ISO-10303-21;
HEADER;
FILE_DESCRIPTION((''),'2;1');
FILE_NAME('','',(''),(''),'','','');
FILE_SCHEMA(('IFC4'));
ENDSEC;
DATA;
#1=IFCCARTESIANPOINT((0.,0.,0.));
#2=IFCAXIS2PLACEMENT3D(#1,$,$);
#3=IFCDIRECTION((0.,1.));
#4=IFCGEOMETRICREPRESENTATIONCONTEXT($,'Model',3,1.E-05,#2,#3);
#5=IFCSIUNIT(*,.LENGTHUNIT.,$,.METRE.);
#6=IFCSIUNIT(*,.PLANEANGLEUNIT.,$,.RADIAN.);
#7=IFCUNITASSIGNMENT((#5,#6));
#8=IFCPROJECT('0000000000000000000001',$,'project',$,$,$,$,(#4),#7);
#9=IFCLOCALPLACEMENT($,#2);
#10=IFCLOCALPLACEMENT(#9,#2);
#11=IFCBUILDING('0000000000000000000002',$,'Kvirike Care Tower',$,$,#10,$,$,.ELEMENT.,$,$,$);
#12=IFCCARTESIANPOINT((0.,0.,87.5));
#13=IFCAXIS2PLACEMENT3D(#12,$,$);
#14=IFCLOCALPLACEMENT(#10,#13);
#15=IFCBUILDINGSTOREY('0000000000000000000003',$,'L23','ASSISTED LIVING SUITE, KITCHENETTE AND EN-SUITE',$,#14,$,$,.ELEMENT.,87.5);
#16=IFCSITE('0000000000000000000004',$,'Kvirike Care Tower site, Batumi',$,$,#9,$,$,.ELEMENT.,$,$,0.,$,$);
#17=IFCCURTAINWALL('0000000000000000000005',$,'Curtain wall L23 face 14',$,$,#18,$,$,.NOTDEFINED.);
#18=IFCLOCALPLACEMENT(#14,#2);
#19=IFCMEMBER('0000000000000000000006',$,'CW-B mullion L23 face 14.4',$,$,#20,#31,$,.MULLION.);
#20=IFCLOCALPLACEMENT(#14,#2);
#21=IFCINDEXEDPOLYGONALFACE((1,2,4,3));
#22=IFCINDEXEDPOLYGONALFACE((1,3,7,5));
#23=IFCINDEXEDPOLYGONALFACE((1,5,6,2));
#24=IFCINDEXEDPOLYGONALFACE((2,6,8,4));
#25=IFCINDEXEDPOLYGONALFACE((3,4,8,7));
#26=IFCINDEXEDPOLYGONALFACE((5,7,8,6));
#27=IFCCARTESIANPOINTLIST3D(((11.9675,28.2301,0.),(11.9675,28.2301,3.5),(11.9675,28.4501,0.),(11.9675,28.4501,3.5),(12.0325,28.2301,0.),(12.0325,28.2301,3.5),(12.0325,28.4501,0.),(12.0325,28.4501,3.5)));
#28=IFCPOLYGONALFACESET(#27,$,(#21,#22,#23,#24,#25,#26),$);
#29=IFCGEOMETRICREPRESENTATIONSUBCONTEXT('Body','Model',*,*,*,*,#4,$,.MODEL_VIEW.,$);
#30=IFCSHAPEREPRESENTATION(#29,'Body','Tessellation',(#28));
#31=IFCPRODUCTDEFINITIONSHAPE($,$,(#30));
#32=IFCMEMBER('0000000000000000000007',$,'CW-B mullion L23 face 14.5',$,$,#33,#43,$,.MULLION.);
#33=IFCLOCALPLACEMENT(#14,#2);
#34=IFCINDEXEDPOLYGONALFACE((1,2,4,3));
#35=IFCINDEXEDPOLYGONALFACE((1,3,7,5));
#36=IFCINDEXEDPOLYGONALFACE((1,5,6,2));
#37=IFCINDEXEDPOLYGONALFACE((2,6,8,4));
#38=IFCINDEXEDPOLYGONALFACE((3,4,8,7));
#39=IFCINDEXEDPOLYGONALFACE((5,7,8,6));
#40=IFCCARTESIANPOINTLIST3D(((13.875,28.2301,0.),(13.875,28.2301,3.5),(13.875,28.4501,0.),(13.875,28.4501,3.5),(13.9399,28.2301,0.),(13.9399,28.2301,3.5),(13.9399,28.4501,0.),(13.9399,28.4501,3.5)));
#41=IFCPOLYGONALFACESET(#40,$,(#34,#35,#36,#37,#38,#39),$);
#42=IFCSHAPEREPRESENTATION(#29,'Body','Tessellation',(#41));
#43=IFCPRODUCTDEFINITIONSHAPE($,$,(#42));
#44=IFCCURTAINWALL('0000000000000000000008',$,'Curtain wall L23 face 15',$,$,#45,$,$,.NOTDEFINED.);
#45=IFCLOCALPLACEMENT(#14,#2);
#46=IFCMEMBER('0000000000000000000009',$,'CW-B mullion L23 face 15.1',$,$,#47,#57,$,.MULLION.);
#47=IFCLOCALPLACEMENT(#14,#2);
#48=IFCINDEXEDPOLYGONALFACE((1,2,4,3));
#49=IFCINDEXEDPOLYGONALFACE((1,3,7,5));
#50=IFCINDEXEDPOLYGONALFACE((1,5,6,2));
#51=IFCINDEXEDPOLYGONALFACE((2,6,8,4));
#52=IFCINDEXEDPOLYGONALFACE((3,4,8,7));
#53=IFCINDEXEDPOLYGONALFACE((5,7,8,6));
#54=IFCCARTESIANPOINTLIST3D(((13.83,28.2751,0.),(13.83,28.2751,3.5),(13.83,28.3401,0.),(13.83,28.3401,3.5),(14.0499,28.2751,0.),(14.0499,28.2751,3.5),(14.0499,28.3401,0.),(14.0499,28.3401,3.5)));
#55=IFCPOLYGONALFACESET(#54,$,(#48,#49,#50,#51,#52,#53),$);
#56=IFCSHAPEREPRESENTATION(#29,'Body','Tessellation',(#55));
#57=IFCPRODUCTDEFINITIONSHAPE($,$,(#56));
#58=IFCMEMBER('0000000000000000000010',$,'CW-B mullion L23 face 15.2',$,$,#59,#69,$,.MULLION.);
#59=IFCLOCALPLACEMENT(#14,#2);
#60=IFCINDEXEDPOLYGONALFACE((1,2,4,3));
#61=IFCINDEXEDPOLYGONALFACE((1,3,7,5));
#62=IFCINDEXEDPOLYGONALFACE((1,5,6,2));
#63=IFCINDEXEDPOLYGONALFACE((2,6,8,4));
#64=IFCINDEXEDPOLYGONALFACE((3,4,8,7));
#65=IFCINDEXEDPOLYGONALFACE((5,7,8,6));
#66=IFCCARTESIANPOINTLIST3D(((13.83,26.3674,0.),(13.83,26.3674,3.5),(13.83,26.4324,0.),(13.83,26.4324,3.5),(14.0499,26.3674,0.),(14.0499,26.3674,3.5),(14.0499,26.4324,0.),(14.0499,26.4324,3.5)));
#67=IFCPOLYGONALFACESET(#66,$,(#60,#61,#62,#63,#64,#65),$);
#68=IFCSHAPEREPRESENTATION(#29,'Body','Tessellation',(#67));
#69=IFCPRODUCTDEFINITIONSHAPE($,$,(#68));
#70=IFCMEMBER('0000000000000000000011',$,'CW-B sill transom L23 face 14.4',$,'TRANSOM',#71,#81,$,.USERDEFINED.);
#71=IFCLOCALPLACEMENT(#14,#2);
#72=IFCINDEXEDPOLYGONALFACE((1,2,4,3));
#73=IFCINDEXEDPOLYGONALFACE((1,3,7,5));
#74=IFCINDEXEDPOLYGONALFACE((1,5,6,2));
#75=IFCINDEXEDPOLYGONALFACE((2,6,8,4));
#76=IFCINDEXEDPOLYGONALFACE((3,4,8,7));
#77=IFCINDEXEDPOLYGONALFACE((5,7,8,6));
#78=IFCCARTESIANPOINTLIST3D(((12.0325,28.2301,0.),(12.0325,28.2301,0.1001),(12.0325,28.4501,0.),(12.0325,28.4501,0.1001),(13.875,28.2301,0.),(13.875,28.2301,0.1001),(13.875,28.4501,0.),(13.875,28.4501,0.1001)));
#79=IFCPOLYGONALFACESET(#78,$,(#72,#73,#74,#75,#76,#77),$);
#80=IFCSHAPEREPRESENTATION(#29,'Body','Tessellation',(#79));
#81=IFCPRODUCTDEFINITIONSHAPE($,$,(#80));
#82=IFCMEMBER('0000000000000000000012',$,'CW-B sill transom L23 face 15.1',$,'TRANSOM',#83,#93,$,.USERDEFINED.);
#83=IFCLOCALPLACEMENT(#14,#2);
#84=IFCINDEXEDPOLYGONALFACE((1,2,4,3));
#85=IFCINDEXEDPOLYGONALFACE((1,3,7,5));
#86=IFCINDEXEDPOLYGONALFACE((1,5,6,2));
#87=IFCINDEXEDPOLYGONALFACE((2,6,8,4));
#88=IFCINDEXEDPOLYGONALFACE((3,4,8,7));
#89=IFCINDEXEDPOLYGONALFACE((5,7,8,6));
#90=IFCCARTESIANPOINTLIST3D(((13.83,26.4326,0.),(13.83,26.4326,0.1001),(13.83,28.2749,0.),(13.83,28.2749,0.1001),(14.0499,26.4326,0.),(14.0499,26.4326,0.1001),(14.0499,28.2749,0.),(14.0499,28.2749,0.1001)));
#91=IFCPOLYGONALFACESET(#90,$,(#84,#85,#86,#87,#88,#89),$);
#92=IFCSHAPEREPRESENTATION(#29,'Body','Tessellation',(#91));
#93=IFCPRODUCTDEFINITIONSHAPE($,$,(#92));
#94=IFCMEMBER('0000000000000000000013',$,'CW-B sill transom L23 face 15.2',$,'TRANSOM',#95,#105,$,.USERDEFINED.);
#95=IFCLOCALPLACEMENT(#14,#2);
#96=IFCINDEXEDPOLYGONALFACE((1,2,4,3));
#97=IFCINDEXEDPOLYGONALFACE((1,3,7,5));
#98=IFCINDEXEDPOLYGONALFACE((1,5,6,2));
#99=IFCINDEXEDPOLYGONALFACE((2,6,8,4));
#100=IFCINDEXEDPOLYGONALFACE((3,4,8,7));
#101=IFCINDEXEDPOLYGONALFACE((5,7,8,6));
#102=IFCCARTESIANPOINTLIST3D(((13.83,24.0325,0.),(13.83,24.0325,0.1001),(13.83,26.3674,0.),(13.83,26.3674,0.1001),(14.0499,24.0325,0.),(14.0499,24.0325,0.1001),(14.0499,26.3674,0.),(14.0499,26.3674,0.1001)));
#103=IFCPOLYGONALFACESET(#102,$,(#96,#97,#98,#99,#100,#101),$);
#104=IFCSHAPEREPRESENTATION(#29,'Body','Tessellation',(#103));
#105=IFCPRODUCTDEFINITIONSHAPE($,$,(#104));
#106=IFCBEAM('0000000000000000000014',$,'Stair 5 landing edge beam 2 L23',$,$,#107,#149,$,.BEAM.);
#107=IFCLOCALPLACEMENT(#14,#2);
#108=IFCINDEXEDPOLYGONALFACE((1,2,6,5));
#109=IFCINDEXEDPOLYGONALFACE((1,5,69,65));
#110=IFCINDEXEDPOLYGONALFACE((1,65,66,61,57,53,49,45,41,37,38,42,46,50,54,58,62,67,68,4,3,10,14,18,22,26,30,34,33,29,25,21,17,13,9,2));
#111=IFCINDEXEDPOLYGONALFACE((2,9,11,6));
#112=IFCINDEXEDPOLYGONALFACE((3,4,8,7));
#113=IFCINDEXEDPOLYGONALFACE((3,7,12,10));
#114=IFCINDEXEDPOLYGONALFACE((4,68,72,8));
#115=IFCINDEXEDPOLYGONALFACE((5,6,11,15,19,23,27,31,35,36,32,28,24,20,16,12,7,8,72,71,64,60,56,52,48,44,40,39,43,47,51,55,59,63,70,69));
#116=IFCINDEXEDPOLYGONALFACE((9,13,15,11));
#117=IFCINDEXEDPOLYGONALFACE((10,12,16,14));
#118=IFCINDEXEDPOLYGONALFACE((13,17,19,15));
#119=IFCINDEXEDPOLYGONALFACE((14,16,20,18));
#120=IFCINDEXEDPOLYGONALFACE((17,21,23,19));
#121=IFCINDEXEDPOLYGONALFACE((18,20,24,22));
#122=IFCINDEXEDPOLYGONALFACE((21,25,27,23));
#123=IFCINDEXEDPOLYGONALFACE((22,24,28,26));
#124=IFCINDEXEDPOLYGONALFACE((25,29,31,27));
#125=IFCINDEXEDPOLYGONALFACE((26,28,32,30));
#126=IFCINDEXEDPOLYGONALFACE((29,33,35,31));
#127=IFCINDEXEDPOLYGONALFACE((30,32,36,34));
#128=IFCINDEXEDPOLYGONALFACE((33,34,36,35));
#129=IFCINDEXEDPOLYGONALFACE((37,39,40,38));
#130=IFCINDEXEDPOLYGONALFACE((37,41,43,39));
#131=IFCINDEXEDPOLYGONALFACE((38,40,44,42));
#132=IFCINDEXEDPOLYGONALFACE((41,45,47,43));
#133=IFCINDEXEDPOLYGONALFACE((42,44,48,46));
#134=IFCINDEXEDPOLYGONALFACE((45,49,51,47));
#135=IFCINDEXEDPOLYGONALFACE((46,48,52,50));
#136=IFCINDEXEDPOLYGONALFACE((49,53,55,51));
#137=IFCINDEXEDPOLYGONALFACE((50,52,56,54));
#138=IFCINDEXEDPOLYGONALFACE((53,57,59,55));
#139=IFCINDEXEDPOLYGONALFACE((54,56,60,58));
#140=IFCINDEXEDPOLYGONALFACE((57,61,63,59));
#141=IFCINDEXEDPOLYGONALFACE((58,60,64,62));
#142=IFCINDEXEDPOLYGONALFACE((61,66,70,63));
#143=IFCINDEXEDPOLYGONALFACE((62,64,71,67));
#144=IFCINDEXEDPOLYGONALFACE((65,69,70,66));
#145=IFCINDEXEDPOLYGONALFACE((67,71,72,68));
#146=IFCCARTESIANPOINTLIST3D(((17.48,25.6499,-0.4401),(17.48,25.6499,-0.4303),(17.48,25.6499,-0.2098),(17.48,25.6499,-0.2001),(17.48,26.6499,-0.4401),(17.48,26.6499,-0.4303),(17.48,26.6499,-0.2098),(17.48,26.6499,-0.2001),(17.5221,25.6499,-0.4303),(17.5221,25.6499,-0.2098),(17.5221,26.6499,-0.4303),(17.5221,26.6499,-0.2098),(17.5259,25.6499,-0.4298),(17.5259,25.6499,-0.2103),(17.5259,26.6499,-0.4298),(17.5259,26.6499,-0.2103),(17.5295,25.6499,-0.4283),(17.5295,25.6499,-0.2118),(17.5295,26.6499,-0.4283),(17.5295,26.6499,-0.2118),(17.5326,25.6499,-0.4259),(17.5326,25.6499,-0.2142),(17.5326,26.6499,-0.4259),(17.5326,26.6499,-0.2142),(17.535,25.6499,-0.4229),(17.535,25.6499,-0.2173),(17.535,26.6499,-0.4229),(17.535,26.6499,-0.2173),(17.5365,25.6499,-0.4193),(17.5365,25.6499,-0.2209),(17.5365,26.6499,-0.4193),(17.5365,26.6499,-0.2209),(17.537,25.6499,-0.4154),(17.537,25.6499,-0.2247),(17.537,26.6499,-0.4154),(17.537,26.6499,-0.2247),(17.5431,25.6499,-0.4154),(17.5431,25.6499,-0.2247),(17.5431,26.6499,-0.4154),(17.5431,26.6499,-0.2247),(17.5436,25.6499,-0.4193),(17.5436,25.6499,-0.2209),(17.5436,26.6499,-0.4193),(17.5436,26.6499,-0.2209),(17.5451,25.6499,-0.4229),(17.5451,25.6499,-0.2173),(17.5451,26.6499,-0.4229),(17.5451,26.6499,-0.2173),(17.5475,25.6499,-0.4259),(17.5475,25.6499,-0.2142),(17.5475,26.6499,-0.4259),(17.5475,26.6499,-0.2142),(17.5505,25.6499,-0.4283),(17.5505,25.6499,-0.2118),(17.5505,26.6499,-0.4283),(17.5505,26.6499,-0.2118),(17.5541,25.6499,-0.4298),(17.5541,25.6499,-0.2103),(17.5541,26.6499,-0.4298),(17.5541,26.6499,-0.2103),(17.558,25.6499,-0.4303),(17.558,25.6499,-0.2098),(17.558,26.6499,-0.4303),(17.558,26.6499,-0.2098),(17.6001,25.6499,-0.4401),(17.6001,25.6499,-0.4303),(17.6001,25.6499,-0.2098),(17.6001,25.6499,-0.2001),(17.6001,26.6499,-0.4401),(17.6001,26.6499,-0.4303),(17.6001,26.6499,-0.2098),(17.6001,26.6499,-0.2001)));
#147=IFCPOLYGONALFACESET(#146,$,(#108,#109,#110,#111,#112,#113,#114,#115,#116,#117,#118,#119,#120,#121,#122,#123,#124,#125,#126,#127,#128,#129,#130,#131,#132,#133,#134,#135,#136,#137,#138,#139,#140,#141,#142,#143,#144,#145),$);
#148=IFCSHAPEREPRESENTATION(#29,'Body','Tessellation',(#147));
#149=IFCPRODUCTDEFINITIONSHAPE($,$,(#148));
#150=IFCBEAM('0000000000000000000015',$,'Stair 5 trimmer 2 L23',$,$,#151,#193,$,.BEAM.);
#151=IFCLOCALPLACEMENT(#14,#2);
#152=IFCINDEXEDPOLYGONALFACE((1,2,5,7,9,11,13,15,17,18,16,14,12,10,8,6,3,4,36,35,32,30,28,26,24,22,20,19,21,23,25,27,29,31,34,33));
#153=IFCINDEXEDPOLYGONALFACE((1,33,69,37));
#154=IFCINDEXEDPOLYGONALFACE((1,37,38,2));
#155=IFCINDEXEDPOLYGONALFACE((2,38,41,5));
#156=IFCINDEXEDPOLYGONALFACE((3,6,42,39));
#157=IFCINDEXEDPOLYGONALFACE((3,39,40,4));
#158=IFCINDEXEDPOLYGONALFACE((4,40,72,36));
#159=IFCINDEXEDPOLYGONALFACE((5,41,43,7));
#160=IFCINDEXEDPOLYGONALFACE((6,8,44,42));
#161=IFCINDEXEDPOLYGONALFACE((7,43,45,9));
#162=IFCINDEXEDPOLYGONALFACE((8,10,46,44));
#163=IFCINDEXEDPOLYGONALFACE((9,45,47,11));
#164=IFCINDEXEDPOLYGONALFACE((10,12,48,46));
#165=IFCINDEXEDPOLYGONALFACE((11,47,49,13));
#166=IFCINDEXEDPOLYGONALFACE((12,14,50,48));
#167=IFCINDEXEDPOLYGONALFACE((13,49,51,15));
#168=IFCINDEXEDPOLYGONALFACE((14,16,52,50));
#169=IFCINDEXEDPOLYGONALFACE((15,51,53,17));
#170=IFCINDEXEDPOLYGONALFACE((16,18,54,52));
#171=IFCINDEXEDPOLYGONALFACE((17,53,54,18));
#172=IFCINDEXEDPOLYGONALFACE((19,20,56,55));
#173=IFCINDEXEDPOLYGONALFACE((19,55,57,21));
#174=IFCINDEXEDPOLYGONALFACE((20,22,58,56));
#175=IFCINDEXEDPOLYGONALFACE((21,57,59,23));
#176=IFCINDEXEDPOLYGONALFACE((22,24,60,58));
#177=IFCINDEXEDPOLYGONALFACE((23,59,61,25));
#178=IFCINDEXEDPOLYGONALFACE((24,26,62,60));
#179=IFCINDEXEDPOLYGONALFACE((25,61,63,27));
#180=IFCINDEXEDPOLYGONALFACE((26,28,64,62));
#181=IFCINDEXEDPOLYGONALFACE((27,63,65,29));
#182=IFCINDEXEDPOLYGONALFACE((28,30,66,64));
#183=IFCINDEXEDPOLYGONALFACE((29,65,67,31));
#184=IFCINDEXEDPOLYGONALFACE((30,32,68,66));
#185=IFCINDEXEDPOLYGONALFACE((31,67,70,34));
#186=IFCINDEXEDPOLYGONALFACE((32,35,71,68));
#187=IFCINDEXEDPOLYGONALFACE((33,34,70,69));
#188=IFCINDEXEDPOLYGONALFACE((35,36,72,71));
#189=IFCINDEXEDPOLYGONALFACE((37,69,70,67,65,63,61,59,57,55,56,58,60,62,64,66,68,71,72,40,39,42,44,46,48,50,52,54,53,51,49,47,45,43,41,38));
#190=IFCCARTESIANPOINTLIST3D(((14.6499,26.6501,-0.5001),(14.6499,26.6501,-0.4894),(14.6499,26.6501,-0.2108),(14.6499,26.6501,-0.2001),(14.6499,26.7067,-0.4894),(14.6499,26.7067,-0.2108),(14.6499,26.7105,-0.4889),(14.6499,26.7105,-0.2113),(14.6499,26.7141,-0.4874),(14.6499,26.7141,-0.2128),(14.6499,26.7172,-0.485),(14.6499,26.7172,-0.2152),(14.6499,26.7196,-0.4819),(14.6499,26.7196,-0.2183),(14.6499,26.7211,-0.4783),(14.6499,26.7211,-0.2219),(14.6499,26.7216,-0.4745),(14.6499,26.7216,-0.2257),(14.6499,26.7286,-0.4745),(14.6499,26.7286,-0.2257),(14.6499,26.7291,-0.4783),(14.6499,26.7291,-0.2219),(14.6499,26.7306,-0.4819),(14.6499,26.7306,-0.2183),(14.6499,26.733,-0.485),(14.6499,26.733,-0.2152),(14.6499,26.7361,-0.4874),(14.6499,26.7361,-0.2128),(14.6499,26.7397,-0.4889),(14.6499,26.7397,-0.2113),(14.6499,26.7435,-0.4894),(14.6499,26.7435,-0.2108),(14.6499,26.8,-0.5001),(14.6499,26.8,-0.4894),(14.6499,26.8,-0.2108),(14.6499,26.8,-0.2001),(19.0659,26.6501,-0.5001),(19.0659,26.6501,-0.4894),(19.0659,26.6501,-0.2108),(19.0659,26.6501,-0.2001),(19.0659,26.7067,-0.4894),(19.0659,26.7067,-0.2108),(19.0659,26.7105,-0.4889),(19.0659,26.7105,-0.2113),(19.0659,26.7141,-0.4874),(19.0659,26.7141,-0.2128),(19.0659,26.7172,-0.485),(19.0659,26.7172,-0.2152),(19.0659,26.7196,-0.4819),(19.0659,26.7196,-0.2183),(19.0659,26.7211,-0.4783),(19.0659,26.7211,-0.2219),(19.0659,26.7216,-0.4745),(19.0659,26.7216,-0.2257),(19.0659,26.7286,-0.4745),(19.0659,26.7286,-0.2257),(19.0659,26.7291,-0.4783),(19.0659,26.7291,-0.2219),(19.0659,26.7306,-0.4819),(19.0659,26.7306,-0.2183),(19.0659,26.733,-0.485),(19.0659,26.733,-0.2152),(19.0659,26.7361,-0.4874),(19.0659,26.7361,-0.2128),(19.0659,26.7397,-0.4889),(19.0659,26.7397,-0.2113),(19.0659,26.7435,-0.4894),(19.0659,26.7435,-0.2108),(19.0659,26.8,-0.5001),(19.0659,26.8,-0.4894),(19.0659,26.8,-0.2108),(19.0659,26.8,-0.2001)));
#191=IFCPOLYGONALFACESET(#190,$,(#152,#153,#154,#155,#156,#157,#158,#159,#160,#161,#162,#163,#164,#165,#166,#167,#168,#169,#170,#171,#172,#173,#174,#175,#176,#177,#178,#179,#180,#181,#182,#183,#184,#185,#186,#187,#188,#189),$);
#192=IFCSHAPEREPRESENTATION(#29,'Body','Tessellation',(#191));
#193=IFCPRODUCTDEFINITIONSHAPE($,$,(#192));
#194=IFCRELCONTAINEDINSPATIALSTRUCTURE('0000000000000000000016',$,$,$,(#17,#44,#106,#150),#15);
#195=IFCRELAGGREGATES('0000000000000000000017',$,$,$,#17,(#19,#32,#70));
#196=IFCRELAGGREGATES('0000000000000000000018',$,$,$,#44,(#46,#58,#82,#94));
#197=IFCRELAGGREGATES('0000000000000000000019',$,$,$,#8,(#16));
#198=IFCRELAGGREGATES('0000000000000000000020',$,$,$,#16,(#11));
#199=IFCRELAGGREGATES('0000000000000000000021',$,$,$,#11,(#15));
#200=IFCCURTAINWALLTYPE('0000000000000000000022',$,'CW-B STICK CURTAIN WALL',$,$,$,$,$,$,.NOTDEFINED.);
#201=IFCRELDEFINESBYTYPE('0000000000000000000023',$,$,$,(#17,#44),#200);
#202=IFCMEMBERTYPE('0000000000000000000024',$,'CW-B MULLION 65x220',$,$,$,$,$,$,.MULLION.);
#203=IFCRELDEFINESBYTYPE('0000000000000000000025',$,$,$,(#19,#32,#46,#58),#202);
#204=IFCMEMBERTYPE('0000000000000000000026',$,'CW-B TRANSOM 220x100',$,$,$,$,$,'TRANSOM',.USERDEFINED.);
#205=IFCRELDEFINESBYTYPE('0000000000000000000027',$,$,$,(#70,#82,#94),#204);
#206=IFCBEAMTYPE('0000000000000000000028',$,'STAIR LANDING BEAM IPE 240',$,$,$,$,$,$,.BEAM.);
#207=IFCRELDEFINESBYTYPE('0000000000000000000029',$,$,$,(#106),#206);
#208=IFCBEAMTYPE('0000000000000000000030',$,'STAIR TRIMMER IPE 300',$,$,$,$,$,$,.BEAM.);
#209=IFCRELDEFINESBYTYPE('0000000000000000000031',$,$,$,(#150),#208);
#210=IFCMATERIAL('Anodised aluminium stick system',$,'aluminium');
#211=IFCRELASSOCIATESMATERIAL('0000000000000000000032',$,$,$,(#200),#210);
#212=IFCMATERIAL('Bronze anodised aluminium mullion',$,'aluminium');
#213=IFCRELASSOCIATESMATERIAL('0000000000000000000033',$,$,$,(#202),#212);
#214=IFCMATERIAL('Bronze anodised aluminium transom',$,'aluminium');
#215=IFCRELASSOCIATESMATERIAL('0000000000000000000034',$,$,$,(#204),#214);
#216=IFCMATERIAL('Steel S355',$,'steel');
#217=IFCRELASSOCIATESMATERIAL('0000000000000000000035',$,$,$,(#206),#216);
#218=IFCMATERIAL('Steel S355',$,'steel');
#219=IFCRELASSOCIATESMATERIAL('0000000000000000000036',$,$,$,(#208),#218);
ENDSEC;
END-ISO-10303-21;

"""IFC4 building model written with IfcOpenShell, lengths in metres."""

from ifc_helpers import new_model, si_unit, direction, frame, origin, origin_2d, place, context, subcontext, project, spatial, rectangle, i_section, extrude, material, material_profile, profile_set, type_object, element, aggregate, save


model = new_model("IFC4")

# Units and contexts
model_context = context("Model", 3, precision=1e-05, world=origin(), true_north=direction((0.0, 1.0)))
body_context = subcontext(model_context, "Body", "Model", "MODEL_VIEW")
ifc_project = project(units=[si_unit("LENGTHUNIT", "METRE"), si_unit("PLANEANGLEUNIT", "RADIAN")], contexts=[model_context])

# Site, building, storey
site_placement = place(None, origin())
site = spatial("IfcSite", under=ifc_project, at=site_placement, Name="Kvirike Care Tower site, Batumi", CompositionType="ELEMENT", RefElevation=0.0)
building_placement = place(site_placement, origin())
building = spatial("IfcBuilding", under=site, at=building_placement, Name="Kvirike Care Tower", CompositionType="ELEMENT")
storey_placement = place(building_placement, frame((0.0, 0.0, 87.5)))
storey = spatial("IfcBuildingStorey", under=building, at=storey_placement, Name="L23", Description="ASSISTED LIVING SUITE, KITCHENETTE AND EN-SUITE", CompositionType="ELEMENT", Elevation=87.5)

# Curtain walls, members
ifc_material_1 = material(Name="Anodised aluminium stick system", Category="aluminium")
curtain_wall_type = type_object("IfcCurtainWallType", Name="CW-B STICK CURTAIN WALL", PredefinedType="NOTDEFINED", material=ifc_material_1)
curtain_wall_1_placement = place(storey_placement, origin())
curtain_wall_1 = element("IfcCurtainWall", 1, at=curtain_wall_1_placement, inside=storey, type_object=curtain_wall_type, Name="Curtain wall L23 face 14", PredefinedType="NOTDEFINED")
ifc_material_2 = material(Name="Bronze anodised aluminium mullion", Category="aluminium")
ifc_material_profile_1 = material_profile(ifc_material_2, rectangle(XDim=0.0649, YDim=0.22, at=origin_2d()), Name="CW-B MULLION 65x220")
ifc_profile_set_1 = profile_set([ifc_material_profile_1], Name="Bronze anodised aluminium mullion")
member_type_1 = type_object("IfcMemberType", Name="CW-B MULLION 65x220", PredefinedType="MULLION", material=ifc_profile_set_1)
member_1_placement = place(storey_placement, frame((12.0, 28.3401, 0.0), z_axis=(0.0, 0.0, 1.0), x_axis=(1.0, 0.0, 0.0)))
member_1 = element("IfcMember", 2, at=member_1_placement, type_object=member_type_1, Name="CW-B mullion L23 face 14.4", PredefinedType="MULLION", context=body_context, shape_type="SweptSolid", body=[
    extrude(rectangle(XDim=0.0649, YDim=0.22, at=origin_2d()), origin(), (0.0, 0.0, 1.0), 3.5),
])
member_2_placement = place(storey_placement, frame((13.9075, 28.3401, 0.0), z_axis=(0.0, 0.0, 1.0), x_axis=(1.0, 0.0, 0.0)))
member_2 = element("IfcMember", 3, at=member_2_placement, type_object=member_type_1, Name="CW-B mullion L23 face 14.5", PredefinedType="MULLION", context=body_context, shape_type="SweptSolid", body=[
    extrude(rectangle(XDim=0.0649, YDim=0.22, at=origin_2d()), origin(), (0.0, 0.0, 1.0), 3.5),
])
curtain_wall_2_placement = place(storey_placement, origin())
curtain_wall_2 = element("IfcCurtainWall", 4, at=curtain_wall_2_placement, inside=storey, type_object=curtain_wall_type, Name="Curtain wall L23 face 15", PredefinedType="NOTDEFINED")
member_3_placement = place(storey_placement, frame((13.9399, 28.3076, 0.0), z_axis=(0.0, 0.0, 1.0), x_axis=(0.0, -1.0, 0.0)))
member_3 = element("IfcMember", 5, at=member_3_placement, type_object=member_type_1, Name="CW-B mullion L23 face 15.1", PredefinedType="MULLION", context=body_context, shape_type="SweptSolid", body=[
    extrude(rectangle(XDim=0.0649, YDim=0.22, at=origin_2d()), origin(), (0.0, 0.0, 1.0), 3.5),
])
member_4_placement = place(storey_placement, frame((13.9399, 26.3999, 0.0), z_axis=(0.0, 0.0, 1.0), x_axis=(0.0, -1.0, 0.0)))
member_4 = element("IfcMember", 6, at=member_4_placement, type_object=member_type_1, Name="CW-B mullion L23 face 15.2", PredefinedType="MULLION", context=body_context, shape_type="SweptSolid", body=[
    extrude(rectangle(XDim=0.0649, YDim=0.22, at=origin_2d()), origin(), (0.0, 0.0, 1.0), 3.5),
])

# Members
ifc_material_3 = material(Name="Bronze anodised aluminium transom", Category="aluminium")
ifc_material_profile_2 = material_profile(ifc_material_3, rectangle(XDim=0.22, YDim=0.1001, at=origin_2d()), Name="CW-B TRANSOM 220x100")
ifc_profile_set_2 = profile_set([ifc_material_profile_2], Name="Bronze anodised aluminium transom")
member_type_2 = type_object("IfcMemberType", Name="CW-B TRANSOM 220x100", ElementType="TRANSOM", PredefinedType="USERDEFINED", material=ifc_profile_set_2)
member_5_placement = place(storey_placement, frame((12.0325, 28.3401, 0.05), z_axis=(1.0, 0.0, 0.0), x_axis=(0.0, 1.0, 0.0)))
member_5 = element("IfcMember", 7, at=member_5_placement, type_object=member_type_2, Name="CW-B sill transom L23 face 14.4", ObjectType="TRANSOM", PredefinedType="USERDEFINED", context=body_context, shape_type="SweptSolid", body=[
    extrude(rectangle(XDim=0.22, YDim=0.1001, at=origin_2d()), origin(), (0.0, 0.0, 1.0), 1.8425),
])
member_6_placement = place(storey_placement, frame((13.9399, 28.2749, 0.05), z_axis=(0.0, -1.0, 0.0), x_axis=(1.0, 0.0, 0.0)))
member_6 = element("IfcMember", 8, at=member_6_placement, type_object=member_type_2, Name="CW-B sill transom L23 face 15.1", ObjectType="TRANSOM", PredefinedType="USERDEFINED", context=body_context, shape_type="SweptSolid", body=[
    extrude(rectangle(XDim=0.22, YDim=0.1001, at=origin_2d()), origin(), (0.0, 0.0, 1.0), 1.8423),
])
member_7_placement = place(storey_placement, frame((13.9399, 26.3674, 0.05), z_axis=(0.0, -1.0, 0.0), x_axis=(1.0, 0.0, 0.0)))
member_7 = element("IfcMember", 9, at=member_7_placement, type_object=member_type_2, Name="CW-B sill transom L23 face 15.2", ObjectType="TRANSOM", PredefinedType="USERDEFINED", context=body_context, shape_type="SweptSolid", body=[
    extrude(rectangle(XDim=0.22, YDim=0.1001, at=origin_2d()), origin(), (0.0, 0.0, 1.0), 2.335),
])

# Beams
ifc_material_4 = material(Name="Steel S355", Category="steel")
ifc_material_profile_3 = material_profile(ifc_material_4, i_section(OverallWidth=0.1201, OverallDepth=0.24, WebThickness=0.0061, FlangeThickness=0.0098, FilletRadius=0.0149, at=origin_2d()), Name="IPE 240")
ifc_profile_set_3 = profile_set([ifc_material_profile_3], Name="Steel S355")
beam_type_1 = type_object("IfcBeamType", Name="STAIR LANDING BEAM IPE 240", PredefinedType="BEAM", material=ifc_profile_set_3)
beam_1_placement = place(storey_placement, frame((17.54, 25.6499, -0.3201), z_axis=(0.0, 1.0, 0.0), x_axis=(-1.0, 0.0, 0.0)))
element("IfcBeam", 10, at=beam_1_placement, inside=storey, type_object=beam_type_1, Name="Stair 5 landing edge beam 2 L23", PredefinedType="BEAM", context=body_context, shape_type="SweptSolid", body=[
    extrude(i_section(OverallWidth=0.1201, OverallDepth=0.24, WebThickness=0.0061, FlangeThickness=0.0098, FilletRadius=0.0149, at=origin_2d()), origin(), (0.0, 0.0, 1.0), 1.0),
])
ifc_material_5 = material(Name="Steel S355", Category="steel")
ifc_material_profile_4 = material_profile(ifc_material_5, i_section(OverallWidth=0.1499, OverallDepth=0.3, WebThickness=0.0071, FlangeThickness=0.0107, FilletRadius=0.0149, at=origin_2d()), Name="IPE 300")
ifc_profile_set_4 = profile_set([ifc_material_profile_4], Name="Steel S355")
beam_type_2 = type_object("IfcBeamType", Name="STAIR TRIMMER IPE 300", PredefinedType="BEAM", material=ifc_profile_set_4)
beam_2_placement = place(storey_placement, frame((14.6499, 26.7251, -0.3501), z_axis=(1.0, 0.0, 0.0), x_axis=(0.0, 1.0, 0.0)))
element("IfcBeam", 11, at=beam_2_placement, inside=storey, type_object=beam_type_2, Name="Stair 5 trimmer 2 L23", PredefinedType="BEAM", context=body_context, shape_type="SweptSolid", body=[
    extrude(i_section(OverallWidth=0.1499, OverallDepth=0.3, WebThickness=0.0071, FlangeThickness=0.0107, FilletRadius=0.0149, at=origin_2d()), origin(), (0.0, 0.0, 1.0), 4.416),
])

aggregate(curtain_wall_1, [member_1, member_2, member_5])
aggregate(curtain_wall_2, [member_3, member_4, member_6, member_7])

save(model, "model.ifc")
